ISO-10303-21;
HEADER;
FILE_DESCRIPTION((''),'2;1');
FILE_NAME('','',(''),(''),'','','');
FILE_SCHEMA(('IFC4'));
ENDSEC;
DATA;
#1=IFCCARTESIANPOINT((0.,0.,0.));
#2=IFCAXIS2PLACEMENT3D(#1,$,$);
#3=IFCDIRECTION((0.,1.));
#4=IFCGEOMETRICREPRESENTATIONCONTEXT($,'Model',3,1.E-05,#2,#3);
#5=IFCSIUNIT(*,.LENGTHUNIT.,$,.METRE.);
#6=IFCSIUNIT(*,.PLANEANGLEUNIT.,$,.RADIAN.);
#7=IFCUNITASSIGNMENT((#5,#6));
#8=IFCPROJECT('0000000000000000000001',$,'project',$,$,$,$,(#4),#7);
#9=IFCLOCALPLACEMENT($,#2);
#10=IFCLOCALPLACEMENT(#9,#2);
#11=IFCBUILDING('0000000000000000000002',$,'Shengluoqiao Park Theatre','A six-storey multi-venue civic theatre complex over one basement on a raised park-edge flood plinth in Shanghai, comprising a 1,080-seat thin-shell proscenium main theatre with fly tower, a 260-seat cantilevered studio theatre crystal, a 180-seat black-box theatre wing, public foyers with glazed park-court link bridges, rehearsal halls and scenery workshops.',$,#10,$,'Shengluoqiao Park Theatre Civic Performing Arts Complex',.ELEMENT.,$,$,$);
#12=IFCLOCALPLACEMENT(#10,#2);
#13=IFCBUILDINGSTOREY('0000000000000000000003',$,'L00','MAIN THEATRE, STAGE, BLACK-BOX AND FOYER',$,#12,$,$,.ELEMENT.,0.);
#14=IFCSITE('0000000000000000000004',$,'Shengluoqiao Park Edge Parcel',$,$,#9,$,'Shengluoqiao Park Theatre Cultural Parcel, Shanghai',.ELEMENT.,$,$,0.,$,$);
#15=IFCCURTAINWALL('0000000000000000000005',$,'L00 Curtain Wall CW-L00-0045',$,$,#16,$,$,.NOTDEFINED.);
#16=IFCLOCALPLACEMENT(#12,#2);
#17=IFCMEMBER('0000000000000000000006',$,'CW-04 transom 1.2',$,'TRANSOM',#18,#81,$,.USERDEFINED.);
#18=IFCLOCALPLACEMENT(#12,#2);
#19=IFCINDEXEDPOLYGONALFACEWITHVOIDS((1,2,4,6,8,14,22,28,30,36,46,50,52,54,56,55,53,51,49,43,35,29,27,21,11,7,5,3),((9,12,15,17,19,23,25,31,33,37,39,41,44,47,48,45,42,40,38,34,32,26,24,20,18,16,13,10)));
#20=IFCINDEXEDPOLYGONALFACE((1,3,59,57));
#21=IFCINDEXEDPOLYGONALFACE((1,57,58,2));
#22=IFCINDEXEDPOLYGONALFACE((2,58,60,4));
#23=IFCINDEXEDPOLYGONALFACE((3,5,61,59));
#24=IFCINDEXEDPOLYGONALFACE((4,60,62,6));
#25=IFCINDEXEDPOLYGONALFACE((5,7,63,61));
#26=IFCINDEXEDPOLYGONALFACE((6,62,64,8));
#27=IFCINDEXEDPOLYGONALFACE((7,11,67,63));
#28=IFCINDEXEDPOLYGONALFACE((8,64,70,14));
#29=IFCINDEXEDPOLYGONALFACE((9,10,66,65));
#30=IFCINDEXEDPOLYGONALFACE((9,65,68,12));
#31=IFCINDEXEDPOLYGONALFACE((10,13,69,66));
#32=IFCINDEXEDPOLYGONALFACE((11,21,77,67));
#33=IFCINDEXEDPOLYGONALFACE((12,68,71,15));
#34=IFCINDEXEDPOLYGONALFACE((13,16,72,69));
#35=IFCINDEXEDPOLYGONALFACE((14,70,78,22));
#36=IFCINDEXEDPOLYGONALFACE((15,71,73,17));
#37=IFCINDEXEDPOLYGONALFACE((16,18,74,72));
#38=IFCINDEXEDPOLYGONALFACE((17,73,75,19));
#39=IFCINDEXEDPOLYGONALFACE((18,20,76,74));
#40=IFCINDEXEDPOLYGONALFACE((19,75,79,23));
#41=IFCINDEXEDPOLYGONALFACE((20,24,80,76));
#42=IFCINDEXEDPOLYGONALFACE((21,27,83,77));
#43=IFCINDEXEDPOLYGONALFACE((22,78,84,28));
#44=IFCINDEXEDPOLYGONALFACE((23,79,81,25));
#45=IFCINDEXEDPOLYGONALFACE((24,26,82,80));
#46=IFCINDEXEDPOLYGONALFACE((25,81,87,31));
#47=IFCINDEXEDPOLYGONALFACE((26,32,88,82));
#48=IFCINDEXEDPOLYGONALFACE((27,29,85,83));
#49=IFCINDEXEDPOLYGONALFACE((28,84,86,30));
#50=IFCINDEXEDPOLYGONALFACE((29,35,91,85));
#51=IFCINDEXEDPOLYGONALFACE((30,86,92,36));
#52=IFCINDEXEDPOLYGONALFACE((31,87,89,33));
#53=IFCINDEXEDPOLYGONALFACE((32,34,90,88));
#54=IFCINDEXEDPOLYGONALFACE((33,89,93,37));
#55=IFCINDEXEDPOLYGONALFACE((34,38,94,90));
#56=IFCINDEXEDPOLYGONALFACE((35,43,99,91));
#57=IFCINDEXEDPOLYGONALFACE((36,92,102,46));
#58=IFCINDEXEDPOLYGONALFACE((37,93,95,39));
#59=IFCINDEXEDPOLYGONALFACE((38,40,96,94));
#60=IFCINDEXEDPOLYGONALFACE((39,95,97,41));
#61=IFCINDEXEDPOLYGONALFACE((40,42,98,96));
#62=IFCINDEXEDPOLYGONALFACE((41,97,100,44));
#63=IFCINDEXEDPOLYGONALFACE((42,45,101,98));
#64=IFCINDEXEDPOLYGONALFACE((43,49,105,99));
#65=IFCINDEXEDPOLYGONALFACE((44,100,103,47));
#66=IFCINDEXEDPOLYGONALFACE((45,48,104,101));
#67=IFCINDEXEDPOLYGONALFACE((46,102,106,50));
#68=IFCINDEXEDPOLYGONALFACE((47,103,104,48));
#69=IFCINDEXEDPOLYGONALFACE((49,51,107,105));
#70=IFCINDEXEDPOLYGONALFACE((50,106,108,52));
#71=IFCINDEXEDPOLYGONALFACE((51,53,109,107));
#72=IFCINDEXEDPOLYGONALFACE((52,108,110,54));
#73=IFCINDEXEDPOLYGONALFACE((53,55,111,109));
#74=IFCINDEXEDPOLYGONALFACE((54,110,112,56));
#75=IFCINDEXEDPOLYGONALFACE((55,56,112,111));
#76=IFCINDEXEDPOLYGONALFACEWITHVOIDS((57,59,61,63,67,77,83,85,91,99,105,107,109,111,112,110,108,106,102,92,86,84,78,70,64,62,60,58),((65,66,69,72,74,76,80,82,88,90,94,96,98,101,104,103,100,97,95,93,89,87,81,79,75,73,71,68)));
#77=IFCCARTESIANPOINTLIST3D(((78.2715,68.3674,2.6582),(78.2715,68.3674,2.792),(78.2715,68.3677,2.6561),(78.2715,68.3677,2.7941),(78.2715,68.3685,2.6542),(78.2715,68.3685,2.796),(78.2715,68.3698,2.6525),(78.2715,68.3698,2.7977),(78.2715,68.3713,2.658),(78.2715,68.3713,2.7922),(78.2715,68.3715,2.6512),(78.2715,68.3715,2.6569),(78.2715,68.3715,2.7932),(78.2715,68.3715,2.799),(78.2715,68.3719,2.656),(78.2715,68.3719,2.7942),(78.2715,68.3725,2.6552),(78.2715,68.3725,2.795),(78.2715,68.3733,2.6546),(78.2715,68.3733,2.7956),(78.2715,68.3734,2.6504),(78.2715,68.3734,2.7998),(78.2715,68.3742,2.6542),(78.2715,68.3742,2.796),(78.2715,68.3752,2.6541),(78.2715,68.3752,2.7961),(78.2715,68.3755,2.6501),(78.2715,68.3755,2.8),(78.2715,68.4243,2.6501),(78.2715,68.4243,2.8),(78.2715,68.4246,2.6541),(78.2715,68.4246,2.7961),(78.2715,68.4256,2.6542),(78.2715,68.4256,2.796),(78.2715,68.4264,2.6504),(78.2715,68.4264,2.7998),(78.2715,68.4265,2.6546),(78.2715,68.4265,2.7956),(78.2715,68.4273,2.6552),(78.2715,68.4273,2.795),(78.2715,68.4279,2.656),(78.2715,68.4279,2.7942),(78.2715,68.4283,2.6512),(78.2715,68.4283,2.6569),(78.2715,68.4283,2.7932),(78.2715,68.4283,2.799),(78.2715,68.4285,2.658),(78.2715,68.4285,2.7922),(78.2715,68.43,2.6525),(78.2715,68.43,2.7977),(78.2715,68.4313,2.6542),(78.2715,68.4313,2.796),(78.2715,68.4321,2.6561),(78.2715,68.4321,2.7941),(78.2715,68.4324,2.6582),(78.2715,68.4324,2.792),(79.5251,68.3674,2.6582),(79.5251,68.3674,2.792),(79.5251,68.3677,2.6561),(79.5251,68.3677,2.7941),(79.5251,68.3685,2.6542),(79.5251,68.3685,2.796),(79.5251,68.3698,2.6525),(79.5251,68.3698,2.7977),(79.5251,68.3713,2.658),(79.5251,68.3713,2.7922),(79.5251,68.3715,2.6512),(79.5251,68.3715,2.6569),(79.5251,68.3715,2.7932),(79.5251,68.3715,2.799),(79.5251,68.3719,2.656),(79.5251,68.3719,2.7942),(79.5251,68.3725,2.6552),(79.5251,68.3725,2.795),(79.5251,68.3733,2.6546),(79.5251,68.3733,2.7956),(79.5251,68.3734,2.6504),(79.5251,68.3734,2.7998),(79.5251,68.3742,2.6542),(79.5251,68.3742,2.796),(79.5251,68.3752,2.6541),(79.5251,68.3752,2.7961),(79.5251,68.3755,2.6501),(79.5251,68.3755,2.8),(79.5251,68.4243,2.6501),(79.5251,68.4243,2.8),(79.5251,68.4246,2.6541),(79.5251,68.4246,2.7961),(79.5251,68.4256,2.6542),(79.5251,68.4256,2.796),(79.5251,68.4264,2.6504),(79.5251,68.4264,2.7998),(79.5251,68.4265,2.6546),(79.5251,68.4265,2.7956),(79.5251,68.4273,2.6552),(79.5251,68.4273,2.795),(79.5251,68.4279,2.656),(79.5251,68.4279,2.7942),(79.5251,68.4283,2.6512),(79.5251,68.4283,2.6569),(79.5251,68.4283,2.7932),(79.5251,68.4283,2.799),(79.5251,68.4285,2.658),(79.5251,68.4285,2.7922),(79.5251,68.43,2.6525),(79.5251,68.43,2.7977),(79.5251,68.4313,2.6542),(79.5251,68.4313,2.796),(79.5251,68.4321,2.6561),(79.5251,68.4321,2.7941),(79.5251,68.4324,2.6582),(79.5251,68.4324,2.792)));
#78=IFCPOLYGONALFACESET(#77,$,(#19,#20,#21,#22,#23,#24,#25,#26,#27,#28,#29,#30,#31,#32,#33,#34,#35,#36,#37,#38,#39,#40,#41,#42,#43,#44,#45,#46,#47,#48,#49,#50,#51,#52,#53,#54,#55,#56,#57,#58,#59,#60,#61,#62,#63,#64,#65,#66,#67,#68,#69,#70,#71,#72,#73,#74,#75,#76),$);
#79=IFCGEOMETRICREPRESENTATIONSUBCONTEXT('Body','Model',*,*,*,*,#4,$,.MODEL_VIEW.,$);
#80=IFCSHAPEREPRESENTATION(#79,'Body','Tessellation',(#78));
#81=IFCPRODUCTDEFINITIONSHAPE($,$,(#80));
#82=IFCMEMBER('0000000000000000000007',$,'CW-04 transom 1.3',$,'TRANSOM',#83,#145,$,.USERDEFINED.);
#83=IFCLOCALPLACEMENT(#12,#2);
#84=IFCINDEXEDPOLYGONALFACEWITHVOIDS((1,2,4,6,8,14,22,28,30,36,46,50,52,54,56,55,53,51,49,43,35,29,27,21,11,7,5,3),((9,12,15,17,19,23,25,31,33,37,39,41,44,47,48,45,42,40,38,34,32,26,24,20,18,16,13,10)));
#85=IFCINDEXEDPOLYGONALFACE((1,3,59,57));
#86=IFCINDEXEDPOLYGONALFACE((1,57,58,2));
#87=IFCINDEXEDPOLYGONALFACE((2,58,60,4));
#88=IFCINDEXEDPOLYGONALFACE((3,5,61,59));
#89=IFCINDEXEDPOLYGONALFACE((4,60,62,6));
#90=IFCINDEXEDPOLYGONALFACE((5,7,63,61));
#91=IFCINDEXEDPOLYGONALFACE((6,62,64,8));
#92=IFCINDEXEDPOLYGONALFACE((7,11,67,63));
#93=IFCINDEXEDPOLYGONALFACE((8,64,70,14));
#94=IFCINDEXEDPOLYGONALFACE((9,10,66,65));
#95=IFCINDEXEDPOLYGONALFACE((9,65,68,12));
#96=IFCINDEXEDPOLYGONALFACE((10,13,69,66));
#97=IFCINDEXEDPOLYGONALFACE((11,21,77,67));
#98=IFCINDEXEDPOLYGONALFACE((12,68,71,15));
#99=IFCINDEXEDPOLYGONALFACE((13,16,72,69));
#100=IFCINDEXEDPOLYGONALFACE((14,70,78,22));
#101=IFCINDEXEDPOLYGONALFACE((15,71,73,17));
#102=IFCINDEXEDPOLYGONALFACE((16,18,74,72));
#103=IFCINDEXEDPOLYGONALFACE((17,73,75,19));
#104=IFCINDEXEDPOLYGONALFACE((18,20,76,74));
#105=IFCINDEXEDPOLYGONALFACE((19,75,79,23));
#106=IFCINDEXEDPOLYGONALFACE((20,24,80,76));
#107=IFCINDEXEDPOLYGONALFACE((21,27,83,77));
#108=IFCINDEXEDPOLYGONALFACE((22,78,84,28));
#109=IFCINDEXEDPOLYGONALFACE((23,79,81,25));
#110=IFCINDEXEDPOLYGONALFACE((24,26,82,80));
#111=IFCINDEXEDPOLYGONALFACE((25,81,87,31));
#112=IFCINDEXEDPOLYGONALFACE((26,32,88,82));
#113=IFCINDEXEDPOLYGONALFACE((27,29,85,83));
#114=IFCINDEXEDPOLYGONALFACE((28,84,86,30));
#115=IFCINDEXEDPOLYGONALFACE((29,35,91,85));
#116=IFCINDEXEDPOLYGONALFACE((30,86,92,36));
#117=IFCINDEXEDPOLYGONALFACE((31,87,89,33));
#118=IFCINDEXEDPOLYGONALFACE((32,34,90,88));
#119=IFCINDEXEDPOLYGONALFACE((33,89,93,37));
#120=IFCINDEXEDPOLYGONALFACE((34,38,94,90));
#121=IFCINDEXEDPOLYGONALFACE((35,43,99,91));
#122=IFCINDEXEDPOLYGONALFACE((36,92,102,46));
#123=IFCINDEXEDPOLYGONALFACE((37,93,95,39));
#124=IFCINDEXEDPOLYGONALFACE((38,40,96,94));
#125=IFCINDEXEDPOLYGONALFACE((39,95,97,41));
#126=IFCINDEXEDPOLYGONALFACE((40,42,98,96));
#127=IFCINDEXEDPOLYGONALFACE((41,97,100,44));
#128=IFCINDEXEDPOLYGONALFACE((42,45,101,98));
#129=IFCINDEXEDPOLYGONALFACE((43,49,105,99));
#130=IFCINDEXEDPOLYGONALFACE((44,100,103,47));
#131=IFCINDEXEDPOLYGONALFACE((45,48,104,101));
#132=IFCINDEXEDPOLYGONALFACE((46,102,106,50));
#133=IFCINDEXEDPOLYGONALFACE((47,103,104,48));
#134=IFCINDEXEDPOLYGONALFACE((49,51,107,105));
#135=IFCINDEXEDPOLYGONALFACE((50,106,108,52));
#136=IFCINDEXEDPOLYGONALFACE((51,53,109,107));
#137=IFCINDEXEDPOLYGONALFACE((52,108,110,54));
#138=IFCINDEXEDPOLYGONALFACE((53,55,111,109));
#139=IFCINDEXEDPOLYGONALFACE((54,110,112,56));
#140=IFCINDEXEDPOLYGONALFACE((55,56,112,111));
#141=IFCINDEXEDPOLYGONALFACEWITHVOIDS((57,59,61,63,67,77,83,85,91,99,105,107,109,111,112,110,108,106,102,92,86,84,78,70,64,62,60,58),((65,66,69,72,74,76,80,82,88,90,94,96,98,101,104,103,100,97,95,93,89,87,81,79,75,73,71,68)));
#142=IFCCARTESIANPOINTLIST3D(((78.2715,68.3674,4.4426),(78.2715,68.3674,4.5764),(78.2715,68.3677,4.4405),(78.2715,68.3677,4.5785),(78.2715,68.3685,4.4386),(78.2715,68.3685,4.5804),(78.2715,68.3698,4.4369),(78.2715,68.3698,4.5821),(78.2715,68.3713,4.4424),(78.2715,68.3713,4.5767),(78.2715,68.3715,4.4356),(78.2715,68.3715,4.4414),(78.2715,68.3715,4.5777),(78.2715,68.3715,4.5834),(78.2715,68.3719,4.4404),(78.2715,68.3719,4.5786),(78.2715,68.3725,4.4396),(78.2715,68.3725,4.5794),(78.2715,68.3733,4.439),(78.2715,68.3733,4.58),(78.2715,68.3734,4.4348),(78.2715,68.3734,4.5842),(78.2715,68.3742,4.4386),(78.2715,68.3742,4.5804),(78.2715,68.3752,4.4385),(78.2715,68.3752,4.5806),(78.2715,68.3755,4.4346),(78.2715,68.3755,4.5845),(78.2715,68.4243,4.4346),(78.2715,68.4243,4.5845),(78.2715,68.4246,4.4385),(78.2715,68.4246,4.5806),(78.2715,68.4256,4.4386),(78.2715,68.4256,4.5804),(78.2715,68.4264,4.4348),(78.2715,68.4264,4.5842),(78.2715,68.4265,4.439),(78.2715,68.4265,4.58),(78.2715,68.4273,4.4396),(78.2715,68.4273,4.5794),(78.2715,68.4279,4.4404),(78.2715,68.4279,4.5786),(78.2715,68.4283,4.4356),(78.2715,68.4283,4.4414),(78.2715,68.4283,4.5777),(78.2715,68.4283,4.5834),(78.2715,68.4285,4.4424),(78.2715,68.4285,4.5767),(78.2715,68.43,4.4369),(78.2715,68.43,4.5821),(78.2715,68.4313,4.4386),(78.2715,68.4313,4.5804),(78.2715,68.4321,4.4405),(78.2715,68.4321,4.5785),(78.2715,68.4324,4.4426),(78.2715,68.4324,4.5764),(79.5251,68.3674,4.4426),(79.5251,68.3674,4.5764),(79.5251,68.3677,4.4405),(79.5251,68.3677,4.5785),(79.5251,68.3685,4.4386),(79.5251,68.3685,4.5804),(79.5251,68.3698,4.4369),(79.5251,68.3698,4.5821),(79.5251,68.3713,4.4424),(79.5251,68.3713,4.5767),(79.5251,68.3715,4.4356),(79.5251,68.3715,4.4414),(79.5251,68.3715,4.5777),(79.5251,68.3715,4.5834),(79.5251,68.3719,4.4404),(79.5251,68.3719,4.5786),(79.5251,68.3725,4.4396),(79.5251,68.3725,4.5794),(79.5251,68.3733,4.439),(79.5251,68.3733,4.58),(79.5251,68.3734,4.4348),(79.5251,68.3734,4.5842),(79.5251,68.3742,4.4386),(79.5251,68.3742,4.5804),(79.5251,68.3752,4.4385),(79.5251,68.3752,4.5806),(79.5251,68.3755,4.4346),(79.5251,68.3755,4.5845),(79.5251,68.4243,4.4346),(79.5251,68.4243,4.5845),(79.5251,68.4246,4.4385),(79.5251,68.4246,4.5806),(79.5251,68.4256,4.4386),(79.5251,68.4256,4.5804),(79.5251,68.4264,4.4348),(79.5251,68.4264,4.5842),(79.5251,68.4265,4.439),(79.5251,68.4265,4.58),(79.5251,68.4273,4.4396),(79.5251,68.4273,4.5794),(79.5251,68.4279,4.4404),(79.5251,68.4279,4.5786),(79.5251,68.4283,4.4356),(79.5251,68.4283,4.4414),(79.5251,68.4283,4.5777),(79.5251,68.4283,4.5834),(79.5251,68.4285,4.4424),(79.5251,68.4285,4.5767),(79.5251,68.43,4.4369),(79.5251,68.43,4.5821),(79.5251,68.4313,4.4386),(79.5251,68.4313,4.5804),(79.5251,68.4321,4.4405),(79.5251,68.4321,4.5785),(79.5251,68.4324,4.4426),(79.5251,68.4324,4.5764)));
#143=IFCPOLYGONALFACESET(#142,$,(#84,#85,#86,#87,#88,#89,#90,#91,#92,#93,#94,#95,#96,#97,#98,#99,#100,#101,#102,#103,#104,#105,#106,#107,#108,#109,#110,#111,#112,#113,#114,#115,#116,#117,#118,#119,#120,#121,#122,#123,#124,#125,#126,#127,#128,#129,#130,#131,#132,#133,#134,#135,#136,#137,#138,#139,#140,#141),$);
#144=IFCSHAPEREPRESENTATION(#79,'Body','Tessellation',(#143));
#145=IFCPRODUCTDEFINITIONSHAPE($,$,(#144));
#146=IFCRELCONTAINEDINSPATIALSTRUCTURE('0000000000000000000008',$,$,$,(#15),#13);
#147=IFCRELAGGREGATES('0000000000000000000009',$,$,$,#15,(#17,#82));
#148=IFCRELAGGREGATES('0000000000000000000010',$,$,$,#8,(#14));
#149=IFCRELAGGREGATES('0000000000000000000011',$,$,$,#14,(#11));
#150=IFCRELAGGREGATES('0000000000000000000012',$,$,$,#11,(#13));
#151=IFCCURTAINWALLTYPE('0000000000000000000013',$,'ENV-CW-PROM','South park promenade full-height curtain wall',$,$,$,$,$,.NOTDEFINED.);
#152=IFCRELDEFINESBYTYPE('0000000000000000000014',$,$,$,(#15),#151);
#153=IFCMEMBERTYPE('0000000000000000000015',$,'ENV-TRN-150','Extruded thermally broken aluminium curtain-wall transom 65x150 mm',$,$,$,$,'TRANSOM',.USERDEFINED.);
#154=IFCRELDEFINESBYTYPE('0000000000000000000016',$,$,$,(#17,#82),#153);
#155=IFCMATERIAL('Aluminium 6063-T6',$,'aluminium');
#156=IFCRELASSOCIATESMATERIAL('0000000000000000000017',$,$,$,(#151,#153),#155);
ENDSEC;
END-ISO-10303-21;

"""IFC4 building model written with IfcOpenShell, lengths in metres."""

from ifc_helpers import new_model, si_unit, direction, frame, origin, origin_2d, place, context, subcontext, project, spatial, hollow_rectangle, extrude, material, material_profile, profile_set, type_object, element, aggregate, save


model = new_model("IFC4")

# Units and contexts
model_context = context("Model", 3, precision=1e-05, world=origin(), true_north=direction((0.0, 1.0)))
body_context = subcontext(model_context, "Body", "Model", "MODEL_VIEW")
ifc_project = project(units=[si_unit("LENGTHUNIT", "METRE"), si_unit("PLANEANGLEUNIT", "RADIAN")], contexts=[model_context])

# Site, building, storey
site_placement = place(None, origin())
site = spatial("IfcSite", under=ifc_project, at=site_placement, Name="Shengluoqiao Park Edge Parcel", LongName="Shengluoqiao Park Theatre Cultural Parcel, Shanghai", CompositionType="ELEMENT", RefElevation=0.0)
building_placement = place(site_placement, origin())
building = spatial("IfcBuilding", under=site, at=building_placement, Name="Shengluoqiao Park Theatre", Description="A six-storey multi-venue civic theatre complex over one basement on a raised park-edge flood plinth in Shanghai, comprising a 1,080-seat thin-shell proscenium main theatre with fly tower, a 260-seat cantilevered studio theatre crystal, a 180-seat black-box theatre wing, public foyers with glazed park-court link bridges, rehearsal halls and scenery workshops.", LongName="Shengluoqiao Park Theatre Civic Performing Arts Complex", CompositionType="ELEMENT")
storey_placement = place(building_placement, origin())
storey = spatial("IfcBuildingStorey", under=building, at=storey_placement, Name="L00", Description="MAIN THEATRE, STAGE, BLACK-BOX AND FOYER", CompositionType="ELEMENT", Elevation=0.0)

# Shared definitions
ifc_material_1 = material(Name="Aluminium 6063-T6", Category="aluminium")
curtain_wall_type = type_object("IfcCurtainWallType", Name="ENV-CW-PROM", Description="South park promenade full-height curtain wall", PredefinedType="NOTDEFINED", material=ifc_material_1)

# Curtain wall
curtain_wall_1_placement = place(storey_placement, origin())
curtain_wall_1 = element("IfcCurtainWall", 1, at=curtain_wall_1_placement, inside=storey, type_object=curtain_wall_type, Name="L00 Curtain Wall CW-L00-0045", PredefinedType="NOTDEFINED")

# Members
ifc_material_profile_1 = material_profile(ifc_material_1, hollow_rectangle(XDim=0.0649, YDim=0.1499, WallThickness=0.0039, InnerFilletRadius=0.0039, OuterFilletRadius=0.0081, at=origin_2d()), Name="ALU TRANSOM 150x65x4")
ifc_profile_set_1 = profile_set([ifc_material_profile_1], Name="Aluminium 6063-T6")
member_type_1 = type_object("IfcMemberType", Name="ENV-TRN-150", Description="Extruded thermally broken aluminium curtain-wall transom 65x150 mm", ElementType="TRANSOM", PredefinedType="USERDEFINED", material=ifc_profile_set_1)
member_1_placement = place(storey_placement, frame((78.2715, 68.3999, 2.7251), z_axis=(1.0, 0.0, 0.0), x_axis=(0.0, 1.0, 0.0)))
member_1 = element("IfcMember", 2, at=member_1_placement, type_object=member_type_1, Name="CW-04 transom 1.2", ObjectType="TRANSOM", PredefinedType="USERDEFINED", context=body_context, shape_type="SweptSolid", body=[
    extrude(hollow_rectangle(XDim=0.0649, YDim=0.1499, WallThickness=0.0039, InnerFilletRadius=0.0039, OuterFilletRadius=0.0081, at=origin_2d()), origin(), (0.0, 0.0, 1.0), 1.2537),
])
member_2_placement = place(storey_placement, frame((78.2715, 68.3999, 4.5095), z_axis=(1.0, 0.0, 0.0), x_axis=(0.0, 1.0, 0.0)))
member_2 = element("IfcMember", 3, at=member_2_placement, type_object=member_type_1, Name="CW-04 transom 1.3", ObjectType="TRANSOM", PredefinedType="USERDEFINED", context=body_context, shape_type="SweptSolid", body=[
    extrude(hollow_rectangle(XDim=0.0649, YDim=0.1499, WallThickness=0.0039, InnerFilletRadius=0.0039, OuterFilletRadius=0.0081, at=origin_2d()), origin(), (0.0, 0.0, 1.0), 1.2537),
])

aggregate(curtain_wall_1, [member_1, member_2])

save(model, "model.ifc")
